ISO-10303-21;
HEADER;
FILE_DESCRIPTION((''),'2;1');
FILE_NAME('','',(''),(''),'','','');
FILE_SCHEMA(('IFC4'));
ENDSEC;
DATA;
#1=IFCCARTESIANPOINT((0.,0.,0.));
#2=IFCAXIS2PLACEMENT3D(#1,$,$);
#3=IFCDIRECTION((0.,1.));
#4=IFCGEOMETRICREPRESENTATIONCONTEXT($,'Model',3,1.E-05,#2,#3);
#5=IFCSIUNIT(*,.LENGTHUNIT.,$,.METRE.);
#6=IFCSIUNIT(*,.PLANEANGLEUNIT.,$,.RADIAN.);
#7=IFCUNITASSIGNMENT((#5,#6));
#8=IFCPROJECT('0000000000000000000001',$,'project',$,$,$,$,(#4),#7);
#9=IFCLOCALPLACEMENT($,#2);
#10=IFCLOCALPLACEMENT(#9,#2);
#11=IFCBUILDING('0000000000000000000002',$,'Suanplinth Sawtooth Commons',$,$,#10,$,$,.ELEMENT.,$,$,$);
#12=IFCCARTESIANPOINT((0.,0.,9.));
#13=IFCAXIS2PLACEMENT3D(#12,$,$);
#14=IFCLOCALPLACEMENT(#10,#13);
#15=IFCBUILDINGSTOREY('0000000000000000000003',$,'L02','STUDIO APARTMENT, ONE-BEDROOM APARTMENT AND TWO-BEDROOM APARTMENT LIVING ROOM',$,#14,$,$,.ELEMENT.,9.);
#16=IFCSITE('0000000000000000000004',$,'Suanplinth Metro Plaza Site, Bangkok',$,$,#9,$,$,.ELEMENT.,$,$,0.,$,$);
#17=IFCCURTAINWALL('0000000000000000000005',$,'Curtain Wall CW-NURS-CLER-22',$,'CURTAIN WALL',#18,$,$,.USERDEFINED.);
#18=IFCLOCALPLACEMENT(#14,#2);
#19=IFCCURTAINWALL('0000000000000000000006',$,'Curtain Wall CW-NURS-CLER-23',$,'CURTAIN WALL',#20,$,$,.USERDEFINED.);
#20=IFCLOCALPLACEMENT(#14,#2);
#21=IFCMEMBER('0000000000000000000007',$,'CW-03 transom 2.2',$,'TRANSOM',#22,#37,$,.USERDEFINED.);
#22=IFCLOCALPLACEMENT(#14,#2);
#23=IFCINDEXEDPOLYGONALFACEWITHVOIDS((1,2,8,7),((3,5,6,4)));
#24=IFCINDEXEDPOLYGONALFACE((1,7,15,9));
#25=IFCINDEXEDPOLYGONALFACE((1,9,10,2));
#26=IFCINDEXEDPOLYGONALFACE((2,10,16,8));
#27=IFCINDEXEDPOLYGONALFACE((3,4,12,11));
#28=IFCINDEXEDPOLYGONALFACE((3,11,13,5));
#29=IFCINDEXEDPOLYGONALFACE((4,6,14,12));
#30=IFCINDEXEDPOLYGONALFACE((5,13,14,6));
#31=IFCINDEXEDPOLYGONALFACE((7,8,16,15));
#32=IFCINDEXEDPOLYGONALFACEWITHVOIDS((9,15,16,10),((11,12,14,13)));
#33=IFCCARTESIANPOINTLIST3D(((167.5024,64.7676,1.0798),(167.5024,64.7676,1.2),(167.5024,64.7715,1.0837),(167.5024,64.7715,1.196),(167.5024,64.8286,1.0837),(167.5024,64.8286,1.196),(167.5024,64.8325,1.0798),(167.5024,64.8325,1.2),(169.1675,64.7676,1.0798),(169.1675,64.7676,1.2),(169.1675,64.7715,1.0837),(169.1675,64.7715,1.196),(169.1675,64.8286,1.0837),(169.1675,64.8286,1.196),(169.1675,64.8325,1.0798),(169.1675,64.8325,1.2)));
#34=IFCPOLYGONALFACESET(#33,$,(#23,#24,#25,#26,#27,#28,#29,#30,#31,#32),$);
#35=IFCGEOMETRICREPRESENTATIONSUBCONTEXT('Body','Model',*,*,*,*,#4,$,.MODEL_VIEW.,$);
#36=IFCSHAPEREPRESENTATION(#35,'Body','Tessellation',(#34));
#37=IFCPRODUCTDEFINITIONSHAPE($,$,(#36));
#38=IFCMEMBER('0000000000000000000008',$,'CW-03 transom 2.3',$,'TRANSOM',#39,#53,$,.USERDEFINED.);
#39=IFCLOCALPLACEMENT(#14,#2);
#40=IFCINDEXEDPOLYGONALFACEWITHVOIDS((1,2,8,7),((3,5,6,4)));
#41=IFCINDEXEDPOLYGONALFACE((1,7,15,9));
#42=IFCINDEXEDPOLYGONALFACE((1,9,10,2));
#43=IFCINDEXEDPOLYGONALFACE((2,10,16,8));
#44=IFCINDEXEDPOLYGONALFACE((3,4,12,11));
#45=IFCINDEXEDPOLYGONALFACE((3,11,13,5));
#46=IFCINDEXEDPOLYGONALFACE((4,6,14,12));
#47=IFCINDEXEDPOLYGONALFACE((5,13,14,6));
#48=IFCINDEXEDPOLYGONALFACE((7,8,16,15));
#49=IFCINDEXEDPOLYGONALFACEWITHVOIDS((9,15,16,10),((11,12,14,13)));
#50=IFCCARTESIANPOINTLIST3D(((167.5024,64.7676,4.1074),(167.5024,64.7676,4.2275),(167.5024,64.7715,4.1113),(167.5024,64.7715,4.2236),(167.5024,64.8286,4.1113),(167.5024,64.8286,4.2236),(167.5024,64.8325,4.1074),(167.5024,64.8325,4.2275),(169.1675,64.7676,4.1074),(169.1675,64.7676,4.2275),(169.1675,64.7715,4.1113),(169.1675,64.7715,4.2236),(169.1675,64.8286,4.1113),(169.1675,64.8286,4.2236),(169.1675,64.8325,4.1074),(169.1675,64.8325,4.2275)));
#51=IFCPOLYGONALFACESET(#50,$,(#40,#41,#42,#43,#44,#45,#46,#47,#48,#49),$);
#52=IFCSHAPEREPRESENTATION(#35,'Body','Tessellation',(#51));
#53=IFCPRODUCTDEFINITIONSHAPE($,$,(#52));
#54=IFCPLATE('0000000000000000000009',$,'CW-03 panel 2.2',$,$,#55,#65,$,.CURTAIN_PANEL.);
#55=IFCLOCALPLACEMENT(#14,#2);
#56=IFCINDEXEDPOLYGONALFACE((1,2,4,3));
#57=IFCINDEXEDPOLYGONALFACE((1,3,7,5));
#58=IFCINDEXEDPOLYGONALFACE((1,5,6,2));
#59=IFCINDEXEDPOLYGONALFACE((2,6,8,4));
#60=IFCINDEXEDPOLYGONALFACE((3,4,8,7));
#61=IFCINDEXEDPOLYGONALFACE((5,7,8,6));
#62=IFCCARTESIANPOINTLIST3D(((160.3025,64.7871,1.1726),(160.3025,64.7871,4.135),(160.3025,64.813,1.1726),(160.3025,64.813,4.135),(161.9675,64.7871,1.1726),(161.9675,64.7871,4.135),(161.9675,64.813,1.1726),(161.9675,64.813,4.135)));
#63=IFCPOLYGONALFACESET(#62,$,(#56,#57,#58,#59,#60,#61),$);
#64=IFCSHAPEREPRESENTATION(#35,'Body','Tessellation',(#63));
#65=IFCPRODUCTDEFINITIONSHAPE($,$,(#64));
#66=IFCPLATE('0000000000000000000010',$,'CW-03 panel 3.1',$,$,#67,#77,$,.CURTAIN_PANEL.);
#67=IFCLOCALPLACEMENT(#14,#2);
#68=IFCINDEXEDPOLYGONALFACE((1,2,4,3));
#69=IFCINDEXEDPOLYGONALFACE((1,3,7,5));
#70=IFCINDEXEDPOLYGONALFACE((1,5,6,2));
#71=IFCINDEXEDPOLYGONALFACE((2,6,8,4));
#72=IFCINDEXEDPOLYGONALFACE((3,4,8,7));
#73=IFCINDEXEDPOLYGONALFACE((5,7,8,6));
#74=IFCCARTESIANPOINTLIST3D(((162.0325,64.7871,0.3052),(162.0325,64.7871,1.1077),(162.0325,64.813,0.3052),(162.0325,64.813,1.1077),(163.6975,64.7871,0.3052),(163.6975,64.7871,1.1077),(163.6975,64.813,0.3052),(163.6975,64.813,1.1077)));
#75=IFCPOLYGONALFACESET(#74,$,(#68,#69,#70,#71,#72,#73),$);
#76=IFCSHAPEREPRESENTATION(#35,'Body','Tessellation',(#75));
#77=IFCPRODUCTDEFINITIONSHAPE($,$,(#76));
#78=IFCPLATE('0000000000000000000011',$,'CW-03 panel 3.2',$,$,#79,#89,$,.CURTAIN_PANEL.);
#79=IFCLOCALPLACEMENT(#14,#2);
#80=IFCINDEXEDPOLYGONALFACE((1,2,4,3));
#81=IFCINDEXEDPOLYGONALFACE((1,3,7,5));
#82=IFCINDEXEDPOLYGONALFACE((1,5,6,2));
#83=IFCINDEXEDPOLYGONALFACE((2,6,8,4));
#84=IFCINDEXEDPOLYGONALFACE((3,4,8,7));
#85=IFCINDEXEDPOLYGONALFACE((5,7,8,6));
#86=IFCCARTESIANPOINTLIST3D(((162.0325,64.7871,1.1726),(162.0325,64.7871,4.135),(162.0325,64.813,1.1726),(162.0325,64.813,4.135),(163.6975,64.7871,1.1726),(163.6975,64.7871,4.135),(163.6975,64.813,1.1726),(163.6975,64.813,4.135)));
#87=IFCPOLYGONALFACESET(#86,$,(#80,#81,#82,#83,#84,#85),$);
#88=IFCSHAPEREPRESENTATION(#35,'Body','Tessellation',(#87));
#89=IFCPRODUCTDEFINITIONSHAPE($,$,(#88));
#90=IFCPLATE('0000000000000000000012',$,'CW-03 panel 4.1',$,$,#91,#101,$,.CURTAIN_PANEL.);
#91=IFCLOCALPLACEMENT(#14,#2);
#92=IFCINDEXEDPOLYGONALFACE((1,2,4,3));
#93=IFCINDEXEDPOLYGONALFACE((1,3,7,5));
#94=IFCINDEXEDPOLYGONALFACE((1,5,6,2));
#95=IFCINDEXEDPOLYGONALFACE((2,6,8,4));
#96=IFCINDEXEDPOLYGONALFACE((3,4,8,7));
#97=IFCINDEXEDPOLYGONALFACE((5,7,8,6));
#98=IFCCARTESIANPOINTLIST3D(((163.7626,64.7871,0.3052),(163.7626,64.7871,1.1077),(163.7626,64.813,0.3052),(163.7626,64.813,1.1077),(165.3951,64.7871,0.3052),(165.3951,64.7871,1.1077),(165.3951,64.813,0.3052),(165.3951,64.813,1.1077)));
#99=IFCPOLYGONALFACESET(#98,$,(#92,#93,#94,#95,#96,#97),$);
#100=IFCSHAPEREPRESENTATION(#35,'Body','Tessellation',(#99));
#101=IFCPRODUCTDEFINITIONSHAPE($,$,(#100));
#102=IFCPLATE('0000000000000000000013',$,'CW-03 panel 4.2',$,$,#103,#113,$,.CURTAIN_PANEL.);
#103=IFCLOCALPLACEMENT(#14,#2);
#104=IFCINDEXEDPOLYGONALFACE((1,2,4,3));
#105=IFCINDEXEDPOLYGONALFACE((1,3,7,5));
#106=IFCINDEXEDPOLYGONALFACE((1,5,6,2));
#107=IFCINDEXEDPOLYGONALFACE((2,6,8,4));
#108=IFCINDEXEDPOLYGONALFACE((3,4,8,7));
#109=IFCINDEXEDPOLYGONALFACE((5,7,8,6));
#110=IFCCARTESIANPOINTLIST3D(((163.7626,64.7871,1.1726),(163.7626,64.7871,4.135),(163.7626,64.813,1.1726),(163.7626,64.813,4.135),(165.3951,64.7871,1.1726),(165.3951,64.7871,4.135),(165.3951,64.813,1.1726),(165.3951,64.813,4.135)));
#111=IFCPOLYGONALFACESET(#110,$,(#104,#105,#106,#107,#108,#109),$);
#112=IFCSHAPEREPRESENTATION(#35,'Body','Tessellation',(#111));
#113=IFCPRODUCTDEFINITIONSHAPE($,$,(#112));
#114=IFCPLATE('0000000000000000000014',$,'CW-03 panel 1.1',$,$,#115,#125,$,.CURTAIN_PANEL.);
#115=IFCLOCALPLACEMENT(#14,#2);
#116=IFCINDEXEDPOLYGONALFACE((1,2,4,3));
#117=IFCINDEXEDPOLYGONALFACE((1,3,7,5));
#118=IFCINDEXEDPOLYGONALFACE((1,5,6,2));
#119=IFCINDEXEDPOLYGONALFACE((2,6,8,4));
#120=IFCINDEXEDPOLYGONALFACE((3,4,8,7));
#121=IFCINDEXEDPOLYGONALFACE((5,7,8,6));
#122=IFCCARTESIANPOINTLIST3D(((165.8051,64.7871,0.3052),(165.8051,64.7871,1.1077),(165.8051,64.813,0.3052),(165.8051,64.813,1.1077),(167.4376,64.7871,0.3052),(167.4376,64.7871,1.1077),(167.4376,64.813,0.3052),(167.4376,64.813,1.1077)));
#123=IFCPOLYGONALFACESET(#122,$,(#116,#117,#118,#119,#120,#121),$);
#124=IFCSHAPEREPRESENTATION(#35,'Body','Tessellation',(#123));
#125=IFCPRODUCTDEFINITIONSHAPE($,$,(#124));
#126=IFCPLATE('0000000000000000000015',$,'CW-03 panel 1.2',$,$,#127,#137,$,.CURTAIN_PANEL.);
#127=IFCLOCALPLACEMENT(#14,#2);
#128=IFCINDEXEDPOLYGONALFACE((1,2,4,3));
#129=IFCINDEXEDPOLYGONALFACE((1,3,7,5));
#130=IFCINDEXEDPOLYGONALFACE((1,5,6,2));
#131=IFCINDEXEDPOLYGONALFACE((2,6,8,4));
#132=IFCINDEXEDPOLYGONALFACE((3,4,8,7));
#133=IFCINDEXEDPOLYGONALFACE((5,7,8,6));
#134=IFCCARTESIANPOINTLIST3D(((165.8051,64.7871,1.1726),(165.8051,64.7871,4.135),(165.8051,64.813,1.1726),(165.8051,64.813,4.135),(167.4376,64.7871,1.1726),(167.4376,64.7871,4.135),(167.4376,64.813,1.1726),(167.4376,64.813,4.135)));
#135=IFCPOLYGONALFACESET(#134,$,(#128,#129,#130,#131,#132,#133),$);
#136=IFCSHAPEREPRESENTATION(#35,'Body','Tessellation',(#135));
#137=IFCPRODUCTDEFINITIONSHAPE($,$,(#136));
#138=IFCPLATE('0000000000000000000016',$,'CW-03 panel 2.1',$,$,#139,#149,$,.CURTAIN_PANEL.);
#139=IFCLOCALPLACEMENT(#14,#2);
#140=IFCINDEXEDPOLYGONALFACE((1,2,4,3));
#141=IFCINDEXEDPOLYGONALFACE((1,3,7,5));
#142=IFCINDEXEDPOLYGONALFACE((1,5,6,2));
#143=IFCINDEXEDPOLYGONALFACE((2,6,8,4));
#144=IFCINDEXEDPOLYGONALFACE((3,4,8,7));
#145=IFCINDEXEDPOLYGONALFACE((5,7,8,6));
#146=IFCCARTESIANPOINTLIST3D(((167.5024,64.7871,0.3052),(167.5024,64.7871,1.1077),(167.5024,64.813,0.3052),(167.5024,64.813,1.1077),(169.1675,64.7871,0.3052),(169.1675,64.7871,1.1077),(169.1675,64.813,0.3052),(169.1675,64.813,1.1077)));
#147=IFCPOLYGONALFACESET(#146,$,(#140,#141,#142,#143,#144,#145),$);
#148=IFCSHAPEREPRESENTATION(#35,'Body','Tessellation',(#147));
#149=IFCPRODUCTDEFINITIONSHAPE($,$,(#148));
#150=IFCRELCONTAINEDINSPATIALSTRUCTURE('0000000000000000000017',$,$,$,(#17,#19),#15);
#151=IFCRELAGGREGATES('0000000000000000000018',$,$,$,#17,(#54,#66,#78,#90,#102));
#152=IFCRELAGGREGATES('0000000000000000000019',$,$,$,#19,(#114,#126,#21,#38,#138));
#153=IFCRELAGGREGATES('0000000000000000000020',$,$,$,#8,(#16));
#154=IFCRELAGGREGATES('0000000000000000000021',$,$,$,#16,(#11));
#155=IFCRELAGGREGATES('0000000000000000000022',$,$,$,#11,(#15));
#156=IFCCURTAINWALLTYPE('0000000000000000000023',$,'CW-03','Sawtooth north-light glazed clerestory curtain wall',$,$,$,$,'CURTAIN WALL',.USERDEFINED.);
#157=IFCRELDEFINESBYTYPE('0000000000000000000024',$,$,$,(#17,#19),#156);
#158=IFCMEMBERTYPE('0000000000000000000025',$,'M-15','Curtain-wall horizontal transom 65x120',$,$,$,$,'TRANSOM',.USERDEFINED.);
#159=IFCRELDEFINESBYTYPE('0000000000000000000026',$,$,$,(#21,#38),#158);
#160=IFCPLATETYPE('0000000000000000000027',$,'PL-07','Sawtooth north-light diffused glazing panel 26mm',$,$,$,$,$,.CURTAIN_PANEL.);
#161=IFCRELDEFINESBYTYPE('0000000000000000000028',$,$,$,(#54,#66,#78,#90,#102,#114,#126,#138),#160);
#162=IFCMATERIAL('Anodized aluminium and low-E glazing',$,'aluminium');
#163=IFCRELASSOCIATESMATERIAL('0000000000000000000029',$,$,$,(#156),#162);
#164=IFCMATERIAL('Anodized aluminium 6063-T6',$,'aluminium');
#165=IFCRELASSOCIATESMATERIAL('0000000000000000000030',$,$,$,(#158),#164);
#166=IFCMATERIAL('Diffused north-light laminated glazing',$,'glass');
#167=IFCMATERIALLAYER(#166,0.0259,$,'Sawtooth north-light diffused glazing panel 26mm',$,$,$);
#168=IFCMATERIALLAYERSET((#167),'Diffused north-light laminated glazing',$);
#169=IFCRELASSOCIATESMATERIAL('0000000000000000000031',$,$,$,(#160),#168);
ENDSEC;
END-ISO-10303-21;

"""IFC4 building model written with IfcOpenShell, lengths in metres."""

from ifc_helpers import new_model, si_unit, direction, frame, origin, origin_2d, place, context, subcontext, project, spatial, rectangle, hollow_rectangle, extrude, material, layer, layer_set, material_profile, profile_set, type_object, element, aggregate, save


model = new_model("IFC4")

# Units and contexts
model_context = context("Model", 3, precision=1e-05, world=origin(), true_north=direction((0.0, 1.0)))
body_context = subcontext(model_context, "Body", "Model", "MODEL_VIEW")
ifc_project = project(units=[si_unit("LENGTHUNIT", "METRE"), si_unit("PLANEANGLEUNIT", "RADIAN")], contexts=[model_context])

# Site, building, storey
site_placement = place(None, origin())
site = spatial("IfcSite", under=ifc_project, at=site_placement, Name="Suanplinth Metro Plaza Site, Bangkok", CompositionType="ELEMENT", RefElevation=0.0)
building_placement = place(site_placement, origin())
building = spatial("IfcBuilding", under=site, at=building_placement, Name="Suanplinth Sawtooth Commons", CompositionType="ELEMENT")
storey_placement = place(building_placement, frame((0.0, 0.0, 9.0)))
storey = spatial("IfcBuildingStorey", under=building, at=storey_placement, Name="L02", Description="STUDIO APARTMENT, ONE-BEDROOM APARTMENT AND TWO-BEDROOM APARTMENT LIVING ROOM", CompositionType="ELEMENT", Elevation=9.0)

# Curtain walls
ifc_material_1 = material(Name="Anodized aluminium and low-E glazing", Category="aluminium")
curtain_wall_type = type_object("IfcCurtainWallType", Name="CW-03", Description="Sawtooth north-light glazed clerestory curtain wall", ElementType="CURTAIN WALL", PredefinedType="USERDEFINED", material=ifc_material_1)
curtain_wall_1_placement = place(storey_placement, origin())
curtain_wall_1 = element("IfcCurtainWall", 1, at=curtain_wall_1_placement, inside=storey, type_object=curtain_wall_type, Name="Curtain Wall CW-NURS-CLER-22", ObjectType="CURTAIN WALL", PredefinedType="USERDEFINED")
ifc_material_2 = material(Name="Anodized aluminium 6063-T6", Category="aluminium")
curtain_wall_2_placement = place(storey_placement, origin())
curtain_wall_2 = element("IfcCurtainWall", 2, at=curtain_wall_2_placement, inside=storey, type_object=curtain_wall_type, Name="Curtain Wall CW-NURS-CLER-23", ObjectType="CURTAIN WALL", PredefinedType="USERDEFINED")

# Members
ifc_material_profile_1 = material_profile(ifc_material_2, hollow_rectangle(XDim=0.0649, YDim=0.1201, WallThickness=0.0039, at=origin_2d()), Name="ALU-TRN 65x120")
ifc_profile_set_1 = profile_set([ifc_material_profile_1], Name="Anodized aluminium 6063-T6")
member_type_1 = type_object("IfcMemberType", Name="M-15", Description="Curtain-wall horizontal transom 65x120", ElementType="TRANSOM", PredefinedType="USERDEFINED", material=ifc_profile_set_1)
member_1_placement = place(storey_placement, frame((167.5024, 64.8, 1.1399), z_axis=(1.0, 0.0, 0.0), x_axis=(0.0, 1.0, 0.0)))
member_1 = element("IfcMember", 3, at=member_1_placement, type_object=member_type_1, Name="CW-03 transom 2.2", ObjectType="TRANSOM", PredefinedType="USERDEFINED", context=body_context, shape_type="SweptSolid", body=[
    extrude(hollow_rectangle(XDim=0.0649, YDim=0.1201, WallThickness=0.0039, at=origin_2d()), origin(), (0.0, 0.0, 1.0), 1.665),
])
member_2_placement = place(storey_placement, frame((167.5024, 64.8, 4.1675), z_axis=(1.0, 0.0, 0.0), x_axis=(0.0, 1.0, 0.0)))
member_2 = element("IfcMember", 4, at=member_2_placement, type_object=member_type_1, Name="CW-03 transom 2.3", ObjectType="TRANSOM", PredefinedType="USERDEFINED", context=body_context, shape_type="SweptSolid", body=[
    extrude(hollow_rectangle(XDim=0.0649, YDim=0.1201, WallThickness=0.0039, at=origin_2d()), origin(), (0.0, 0.0, 1.0), 1.665),
])

# Plates
ifc_material_3 = material(Name="Diffused north-light laminated glazing", Category="glass")
ifc_layer = layer(ifc_material_3, 0.0259, Name="Sawtooth north-light diffused glazing panel 26mm")
ifc_layer_set = layer_set([ifc_layer], Name="Diffused north-light laminated glazing")
plate_type = type_object("IfcPlateType", Name="PL-07", Description="Sawtooth north-light diffused glazing panel 26mm", PredefinedType="CURTAIN_PANEL", material=ifc_layer_set)
plate_1_placement = place(storey_placement, frame((161.135, 64.8, 1.1726), z_axis=(0.0, 0.0, 1.0), x_axis=(1.0, 0.0, 0.0)))
plate_1 = element("IfcPlate", 5, at=plate_1_placement, type_object=plate_type, Name="CW-03 panel 2.2", PredefinedType="CURTAIN_PANEL", context=body_context, shape_type="SweptSolid", body=[
    extrude(rectangle(XDim=1.665, YDim=0.0259, at=origin_2d()), origin(), (0.0, 0.0, 1.0), 2.9624),
])
plate_2_placement = place(storey_placement, frame((162.865, 64.8, 0.3052), z_axis=(0.0, 0.0, 1.0), x_axis=(1.0, 0.0, 0.0)))
plate_2 = element("IfcPlate", 6, at=plate_2_placement, type_object=plate_type, Name="CW-03 panel 3.1", PredefinedType="CURTAIN_PANEL", context=body_context, shape_type="SweptSolid", body=[
    extrude(rectangle(XDim=1.665, YDim=0.0259, at=origin_2d()), origin(), (0.0, 0.0, 1.0), 0.8025),
])
plate_3_placement = place(storey_placement, frame((162.865, 64.8, 1.1726), z_axis=(0.0, 0.0, 1.0), x_axis=(1.0, 0.0, 0.0)))
plate_3 = element("IfcPlate", 7, at=plate_3_placement, type_object=plate_type, Name="CW-03 panel 3.2", PredefinedType="CURTAIN_PANEL", context=body_context, shape_type="SweptSolid", body=[
    extrude(rectangle(XDim=1.665, YDim=0.0259, at=origin_2d()), origin(), (0.0, 0.0, 1.0), 2.9624),
])
plate_4_placement = place(storey_placement, frame((164.5789, 64.8, 0.3052), z_axis=(0.0, 0.0, 1.0), x_axis=(1.0, 0.0, 0.0)))
plate_4 = element("IfcPlate", 8, at=plate_4_placement, type_object=plate_type, Name="CW-03 panel 4.1", PredefinedType="CURTAIN_PANEL", context=body_context, shape_type="SweptSolid", body=[
    extrude(rectangle(XDim=1.6326, YDim=0.0259, at=origin_2d()), origin(), (0.0, 0.0, 1.0), 0.8025),
])
plate_5_placement = place(storey_placement, frame((164.5789, 64.8, 1.1726), z_axis=(0.0, 0.0, 1.0), x_axis=(1.0, 0.0, 0.0)))
plate_5 = element("IfcPlate", 9, at=plate_5_placement, type_object=plate_type, Name="CW-03 panel 4.2", PredefinedType="CURTAIN_PANEL", context=body_context, shape_type="SweptSolid", body=[
    extrude(rectangle(XDim=1.6326, YDim=0.0259, at=origin_2d()), origin(), (0.0, 0.0, 1.0), 2.9624),
])
aggregate(curtain_wall_1, [plate_1, plate_2, plate_3, plate_4, plate_5])
plate_6_placement = place(storey_placement, frame((166.6213, 64.8, 0.3052), z_axis=(0.0, 0.0, 1.0), x_axis=(1.0, 0.0, 0.0)))
plate_6 = element("IfcPlate", 10, at=plate_6_placement, type_object=plate_type, Name="CW-03 panel 1.1", PredefinedType="CURTAIN_PANEL", context=body_context, shape_type="SweptSolid", body=[
    extrude(rectangle(XDim=1.6326, YDim=0.0259, at=origin_2d()), origin(), (0.0, 0.0, 1.0), 0.8025),
])
plate_7_placement = place(storey_placement, frame((166.6213, 64.8, 1.1726), z_axis=(0.0, 0.0, 1.0), x_axis=(1.0, 0.0, 0.0)))
plate_7 = element("IfcPlate", 11, at=plate_7_placement, type_object=plate_type, Name="CW-03 panel 1.2", PredefinedType="CURTAIN_PANEL", context=body_context, shape_type="SweptSolid", body=[
    extrude(rectangle(XDim=1.6326, YDim=0.0259, at=origin_2d()), origin(), (0.0, 0.0, 1.0), 2.9624),
])
plate_8_placement = place(storey_placement, frame((168.335, 64.8, 0.3052), z_axis=(0.0, 0.0, 1.0), x_axis=(1.0, 0.0, 0.0)))
plate_8 = element("IfcPlate", 12, at=plate_8_placement, type_object=plate_type, Name="CW-03 panel 2.1", PredefinedType="CURTAIN_PANEL", context=body_context, shape_type="SweptSolid", body=[
    extrude(rectangle(XDim=1.665, YDim=0.0259, at=origin_2d()), origin(), (0.0, 0.0, 1.0), 0.8025),
])
aggregate(curtain_wall_2, [plate_6, plate_7, member_1, member_2, plate_8])

save(model, "model.ifc")
